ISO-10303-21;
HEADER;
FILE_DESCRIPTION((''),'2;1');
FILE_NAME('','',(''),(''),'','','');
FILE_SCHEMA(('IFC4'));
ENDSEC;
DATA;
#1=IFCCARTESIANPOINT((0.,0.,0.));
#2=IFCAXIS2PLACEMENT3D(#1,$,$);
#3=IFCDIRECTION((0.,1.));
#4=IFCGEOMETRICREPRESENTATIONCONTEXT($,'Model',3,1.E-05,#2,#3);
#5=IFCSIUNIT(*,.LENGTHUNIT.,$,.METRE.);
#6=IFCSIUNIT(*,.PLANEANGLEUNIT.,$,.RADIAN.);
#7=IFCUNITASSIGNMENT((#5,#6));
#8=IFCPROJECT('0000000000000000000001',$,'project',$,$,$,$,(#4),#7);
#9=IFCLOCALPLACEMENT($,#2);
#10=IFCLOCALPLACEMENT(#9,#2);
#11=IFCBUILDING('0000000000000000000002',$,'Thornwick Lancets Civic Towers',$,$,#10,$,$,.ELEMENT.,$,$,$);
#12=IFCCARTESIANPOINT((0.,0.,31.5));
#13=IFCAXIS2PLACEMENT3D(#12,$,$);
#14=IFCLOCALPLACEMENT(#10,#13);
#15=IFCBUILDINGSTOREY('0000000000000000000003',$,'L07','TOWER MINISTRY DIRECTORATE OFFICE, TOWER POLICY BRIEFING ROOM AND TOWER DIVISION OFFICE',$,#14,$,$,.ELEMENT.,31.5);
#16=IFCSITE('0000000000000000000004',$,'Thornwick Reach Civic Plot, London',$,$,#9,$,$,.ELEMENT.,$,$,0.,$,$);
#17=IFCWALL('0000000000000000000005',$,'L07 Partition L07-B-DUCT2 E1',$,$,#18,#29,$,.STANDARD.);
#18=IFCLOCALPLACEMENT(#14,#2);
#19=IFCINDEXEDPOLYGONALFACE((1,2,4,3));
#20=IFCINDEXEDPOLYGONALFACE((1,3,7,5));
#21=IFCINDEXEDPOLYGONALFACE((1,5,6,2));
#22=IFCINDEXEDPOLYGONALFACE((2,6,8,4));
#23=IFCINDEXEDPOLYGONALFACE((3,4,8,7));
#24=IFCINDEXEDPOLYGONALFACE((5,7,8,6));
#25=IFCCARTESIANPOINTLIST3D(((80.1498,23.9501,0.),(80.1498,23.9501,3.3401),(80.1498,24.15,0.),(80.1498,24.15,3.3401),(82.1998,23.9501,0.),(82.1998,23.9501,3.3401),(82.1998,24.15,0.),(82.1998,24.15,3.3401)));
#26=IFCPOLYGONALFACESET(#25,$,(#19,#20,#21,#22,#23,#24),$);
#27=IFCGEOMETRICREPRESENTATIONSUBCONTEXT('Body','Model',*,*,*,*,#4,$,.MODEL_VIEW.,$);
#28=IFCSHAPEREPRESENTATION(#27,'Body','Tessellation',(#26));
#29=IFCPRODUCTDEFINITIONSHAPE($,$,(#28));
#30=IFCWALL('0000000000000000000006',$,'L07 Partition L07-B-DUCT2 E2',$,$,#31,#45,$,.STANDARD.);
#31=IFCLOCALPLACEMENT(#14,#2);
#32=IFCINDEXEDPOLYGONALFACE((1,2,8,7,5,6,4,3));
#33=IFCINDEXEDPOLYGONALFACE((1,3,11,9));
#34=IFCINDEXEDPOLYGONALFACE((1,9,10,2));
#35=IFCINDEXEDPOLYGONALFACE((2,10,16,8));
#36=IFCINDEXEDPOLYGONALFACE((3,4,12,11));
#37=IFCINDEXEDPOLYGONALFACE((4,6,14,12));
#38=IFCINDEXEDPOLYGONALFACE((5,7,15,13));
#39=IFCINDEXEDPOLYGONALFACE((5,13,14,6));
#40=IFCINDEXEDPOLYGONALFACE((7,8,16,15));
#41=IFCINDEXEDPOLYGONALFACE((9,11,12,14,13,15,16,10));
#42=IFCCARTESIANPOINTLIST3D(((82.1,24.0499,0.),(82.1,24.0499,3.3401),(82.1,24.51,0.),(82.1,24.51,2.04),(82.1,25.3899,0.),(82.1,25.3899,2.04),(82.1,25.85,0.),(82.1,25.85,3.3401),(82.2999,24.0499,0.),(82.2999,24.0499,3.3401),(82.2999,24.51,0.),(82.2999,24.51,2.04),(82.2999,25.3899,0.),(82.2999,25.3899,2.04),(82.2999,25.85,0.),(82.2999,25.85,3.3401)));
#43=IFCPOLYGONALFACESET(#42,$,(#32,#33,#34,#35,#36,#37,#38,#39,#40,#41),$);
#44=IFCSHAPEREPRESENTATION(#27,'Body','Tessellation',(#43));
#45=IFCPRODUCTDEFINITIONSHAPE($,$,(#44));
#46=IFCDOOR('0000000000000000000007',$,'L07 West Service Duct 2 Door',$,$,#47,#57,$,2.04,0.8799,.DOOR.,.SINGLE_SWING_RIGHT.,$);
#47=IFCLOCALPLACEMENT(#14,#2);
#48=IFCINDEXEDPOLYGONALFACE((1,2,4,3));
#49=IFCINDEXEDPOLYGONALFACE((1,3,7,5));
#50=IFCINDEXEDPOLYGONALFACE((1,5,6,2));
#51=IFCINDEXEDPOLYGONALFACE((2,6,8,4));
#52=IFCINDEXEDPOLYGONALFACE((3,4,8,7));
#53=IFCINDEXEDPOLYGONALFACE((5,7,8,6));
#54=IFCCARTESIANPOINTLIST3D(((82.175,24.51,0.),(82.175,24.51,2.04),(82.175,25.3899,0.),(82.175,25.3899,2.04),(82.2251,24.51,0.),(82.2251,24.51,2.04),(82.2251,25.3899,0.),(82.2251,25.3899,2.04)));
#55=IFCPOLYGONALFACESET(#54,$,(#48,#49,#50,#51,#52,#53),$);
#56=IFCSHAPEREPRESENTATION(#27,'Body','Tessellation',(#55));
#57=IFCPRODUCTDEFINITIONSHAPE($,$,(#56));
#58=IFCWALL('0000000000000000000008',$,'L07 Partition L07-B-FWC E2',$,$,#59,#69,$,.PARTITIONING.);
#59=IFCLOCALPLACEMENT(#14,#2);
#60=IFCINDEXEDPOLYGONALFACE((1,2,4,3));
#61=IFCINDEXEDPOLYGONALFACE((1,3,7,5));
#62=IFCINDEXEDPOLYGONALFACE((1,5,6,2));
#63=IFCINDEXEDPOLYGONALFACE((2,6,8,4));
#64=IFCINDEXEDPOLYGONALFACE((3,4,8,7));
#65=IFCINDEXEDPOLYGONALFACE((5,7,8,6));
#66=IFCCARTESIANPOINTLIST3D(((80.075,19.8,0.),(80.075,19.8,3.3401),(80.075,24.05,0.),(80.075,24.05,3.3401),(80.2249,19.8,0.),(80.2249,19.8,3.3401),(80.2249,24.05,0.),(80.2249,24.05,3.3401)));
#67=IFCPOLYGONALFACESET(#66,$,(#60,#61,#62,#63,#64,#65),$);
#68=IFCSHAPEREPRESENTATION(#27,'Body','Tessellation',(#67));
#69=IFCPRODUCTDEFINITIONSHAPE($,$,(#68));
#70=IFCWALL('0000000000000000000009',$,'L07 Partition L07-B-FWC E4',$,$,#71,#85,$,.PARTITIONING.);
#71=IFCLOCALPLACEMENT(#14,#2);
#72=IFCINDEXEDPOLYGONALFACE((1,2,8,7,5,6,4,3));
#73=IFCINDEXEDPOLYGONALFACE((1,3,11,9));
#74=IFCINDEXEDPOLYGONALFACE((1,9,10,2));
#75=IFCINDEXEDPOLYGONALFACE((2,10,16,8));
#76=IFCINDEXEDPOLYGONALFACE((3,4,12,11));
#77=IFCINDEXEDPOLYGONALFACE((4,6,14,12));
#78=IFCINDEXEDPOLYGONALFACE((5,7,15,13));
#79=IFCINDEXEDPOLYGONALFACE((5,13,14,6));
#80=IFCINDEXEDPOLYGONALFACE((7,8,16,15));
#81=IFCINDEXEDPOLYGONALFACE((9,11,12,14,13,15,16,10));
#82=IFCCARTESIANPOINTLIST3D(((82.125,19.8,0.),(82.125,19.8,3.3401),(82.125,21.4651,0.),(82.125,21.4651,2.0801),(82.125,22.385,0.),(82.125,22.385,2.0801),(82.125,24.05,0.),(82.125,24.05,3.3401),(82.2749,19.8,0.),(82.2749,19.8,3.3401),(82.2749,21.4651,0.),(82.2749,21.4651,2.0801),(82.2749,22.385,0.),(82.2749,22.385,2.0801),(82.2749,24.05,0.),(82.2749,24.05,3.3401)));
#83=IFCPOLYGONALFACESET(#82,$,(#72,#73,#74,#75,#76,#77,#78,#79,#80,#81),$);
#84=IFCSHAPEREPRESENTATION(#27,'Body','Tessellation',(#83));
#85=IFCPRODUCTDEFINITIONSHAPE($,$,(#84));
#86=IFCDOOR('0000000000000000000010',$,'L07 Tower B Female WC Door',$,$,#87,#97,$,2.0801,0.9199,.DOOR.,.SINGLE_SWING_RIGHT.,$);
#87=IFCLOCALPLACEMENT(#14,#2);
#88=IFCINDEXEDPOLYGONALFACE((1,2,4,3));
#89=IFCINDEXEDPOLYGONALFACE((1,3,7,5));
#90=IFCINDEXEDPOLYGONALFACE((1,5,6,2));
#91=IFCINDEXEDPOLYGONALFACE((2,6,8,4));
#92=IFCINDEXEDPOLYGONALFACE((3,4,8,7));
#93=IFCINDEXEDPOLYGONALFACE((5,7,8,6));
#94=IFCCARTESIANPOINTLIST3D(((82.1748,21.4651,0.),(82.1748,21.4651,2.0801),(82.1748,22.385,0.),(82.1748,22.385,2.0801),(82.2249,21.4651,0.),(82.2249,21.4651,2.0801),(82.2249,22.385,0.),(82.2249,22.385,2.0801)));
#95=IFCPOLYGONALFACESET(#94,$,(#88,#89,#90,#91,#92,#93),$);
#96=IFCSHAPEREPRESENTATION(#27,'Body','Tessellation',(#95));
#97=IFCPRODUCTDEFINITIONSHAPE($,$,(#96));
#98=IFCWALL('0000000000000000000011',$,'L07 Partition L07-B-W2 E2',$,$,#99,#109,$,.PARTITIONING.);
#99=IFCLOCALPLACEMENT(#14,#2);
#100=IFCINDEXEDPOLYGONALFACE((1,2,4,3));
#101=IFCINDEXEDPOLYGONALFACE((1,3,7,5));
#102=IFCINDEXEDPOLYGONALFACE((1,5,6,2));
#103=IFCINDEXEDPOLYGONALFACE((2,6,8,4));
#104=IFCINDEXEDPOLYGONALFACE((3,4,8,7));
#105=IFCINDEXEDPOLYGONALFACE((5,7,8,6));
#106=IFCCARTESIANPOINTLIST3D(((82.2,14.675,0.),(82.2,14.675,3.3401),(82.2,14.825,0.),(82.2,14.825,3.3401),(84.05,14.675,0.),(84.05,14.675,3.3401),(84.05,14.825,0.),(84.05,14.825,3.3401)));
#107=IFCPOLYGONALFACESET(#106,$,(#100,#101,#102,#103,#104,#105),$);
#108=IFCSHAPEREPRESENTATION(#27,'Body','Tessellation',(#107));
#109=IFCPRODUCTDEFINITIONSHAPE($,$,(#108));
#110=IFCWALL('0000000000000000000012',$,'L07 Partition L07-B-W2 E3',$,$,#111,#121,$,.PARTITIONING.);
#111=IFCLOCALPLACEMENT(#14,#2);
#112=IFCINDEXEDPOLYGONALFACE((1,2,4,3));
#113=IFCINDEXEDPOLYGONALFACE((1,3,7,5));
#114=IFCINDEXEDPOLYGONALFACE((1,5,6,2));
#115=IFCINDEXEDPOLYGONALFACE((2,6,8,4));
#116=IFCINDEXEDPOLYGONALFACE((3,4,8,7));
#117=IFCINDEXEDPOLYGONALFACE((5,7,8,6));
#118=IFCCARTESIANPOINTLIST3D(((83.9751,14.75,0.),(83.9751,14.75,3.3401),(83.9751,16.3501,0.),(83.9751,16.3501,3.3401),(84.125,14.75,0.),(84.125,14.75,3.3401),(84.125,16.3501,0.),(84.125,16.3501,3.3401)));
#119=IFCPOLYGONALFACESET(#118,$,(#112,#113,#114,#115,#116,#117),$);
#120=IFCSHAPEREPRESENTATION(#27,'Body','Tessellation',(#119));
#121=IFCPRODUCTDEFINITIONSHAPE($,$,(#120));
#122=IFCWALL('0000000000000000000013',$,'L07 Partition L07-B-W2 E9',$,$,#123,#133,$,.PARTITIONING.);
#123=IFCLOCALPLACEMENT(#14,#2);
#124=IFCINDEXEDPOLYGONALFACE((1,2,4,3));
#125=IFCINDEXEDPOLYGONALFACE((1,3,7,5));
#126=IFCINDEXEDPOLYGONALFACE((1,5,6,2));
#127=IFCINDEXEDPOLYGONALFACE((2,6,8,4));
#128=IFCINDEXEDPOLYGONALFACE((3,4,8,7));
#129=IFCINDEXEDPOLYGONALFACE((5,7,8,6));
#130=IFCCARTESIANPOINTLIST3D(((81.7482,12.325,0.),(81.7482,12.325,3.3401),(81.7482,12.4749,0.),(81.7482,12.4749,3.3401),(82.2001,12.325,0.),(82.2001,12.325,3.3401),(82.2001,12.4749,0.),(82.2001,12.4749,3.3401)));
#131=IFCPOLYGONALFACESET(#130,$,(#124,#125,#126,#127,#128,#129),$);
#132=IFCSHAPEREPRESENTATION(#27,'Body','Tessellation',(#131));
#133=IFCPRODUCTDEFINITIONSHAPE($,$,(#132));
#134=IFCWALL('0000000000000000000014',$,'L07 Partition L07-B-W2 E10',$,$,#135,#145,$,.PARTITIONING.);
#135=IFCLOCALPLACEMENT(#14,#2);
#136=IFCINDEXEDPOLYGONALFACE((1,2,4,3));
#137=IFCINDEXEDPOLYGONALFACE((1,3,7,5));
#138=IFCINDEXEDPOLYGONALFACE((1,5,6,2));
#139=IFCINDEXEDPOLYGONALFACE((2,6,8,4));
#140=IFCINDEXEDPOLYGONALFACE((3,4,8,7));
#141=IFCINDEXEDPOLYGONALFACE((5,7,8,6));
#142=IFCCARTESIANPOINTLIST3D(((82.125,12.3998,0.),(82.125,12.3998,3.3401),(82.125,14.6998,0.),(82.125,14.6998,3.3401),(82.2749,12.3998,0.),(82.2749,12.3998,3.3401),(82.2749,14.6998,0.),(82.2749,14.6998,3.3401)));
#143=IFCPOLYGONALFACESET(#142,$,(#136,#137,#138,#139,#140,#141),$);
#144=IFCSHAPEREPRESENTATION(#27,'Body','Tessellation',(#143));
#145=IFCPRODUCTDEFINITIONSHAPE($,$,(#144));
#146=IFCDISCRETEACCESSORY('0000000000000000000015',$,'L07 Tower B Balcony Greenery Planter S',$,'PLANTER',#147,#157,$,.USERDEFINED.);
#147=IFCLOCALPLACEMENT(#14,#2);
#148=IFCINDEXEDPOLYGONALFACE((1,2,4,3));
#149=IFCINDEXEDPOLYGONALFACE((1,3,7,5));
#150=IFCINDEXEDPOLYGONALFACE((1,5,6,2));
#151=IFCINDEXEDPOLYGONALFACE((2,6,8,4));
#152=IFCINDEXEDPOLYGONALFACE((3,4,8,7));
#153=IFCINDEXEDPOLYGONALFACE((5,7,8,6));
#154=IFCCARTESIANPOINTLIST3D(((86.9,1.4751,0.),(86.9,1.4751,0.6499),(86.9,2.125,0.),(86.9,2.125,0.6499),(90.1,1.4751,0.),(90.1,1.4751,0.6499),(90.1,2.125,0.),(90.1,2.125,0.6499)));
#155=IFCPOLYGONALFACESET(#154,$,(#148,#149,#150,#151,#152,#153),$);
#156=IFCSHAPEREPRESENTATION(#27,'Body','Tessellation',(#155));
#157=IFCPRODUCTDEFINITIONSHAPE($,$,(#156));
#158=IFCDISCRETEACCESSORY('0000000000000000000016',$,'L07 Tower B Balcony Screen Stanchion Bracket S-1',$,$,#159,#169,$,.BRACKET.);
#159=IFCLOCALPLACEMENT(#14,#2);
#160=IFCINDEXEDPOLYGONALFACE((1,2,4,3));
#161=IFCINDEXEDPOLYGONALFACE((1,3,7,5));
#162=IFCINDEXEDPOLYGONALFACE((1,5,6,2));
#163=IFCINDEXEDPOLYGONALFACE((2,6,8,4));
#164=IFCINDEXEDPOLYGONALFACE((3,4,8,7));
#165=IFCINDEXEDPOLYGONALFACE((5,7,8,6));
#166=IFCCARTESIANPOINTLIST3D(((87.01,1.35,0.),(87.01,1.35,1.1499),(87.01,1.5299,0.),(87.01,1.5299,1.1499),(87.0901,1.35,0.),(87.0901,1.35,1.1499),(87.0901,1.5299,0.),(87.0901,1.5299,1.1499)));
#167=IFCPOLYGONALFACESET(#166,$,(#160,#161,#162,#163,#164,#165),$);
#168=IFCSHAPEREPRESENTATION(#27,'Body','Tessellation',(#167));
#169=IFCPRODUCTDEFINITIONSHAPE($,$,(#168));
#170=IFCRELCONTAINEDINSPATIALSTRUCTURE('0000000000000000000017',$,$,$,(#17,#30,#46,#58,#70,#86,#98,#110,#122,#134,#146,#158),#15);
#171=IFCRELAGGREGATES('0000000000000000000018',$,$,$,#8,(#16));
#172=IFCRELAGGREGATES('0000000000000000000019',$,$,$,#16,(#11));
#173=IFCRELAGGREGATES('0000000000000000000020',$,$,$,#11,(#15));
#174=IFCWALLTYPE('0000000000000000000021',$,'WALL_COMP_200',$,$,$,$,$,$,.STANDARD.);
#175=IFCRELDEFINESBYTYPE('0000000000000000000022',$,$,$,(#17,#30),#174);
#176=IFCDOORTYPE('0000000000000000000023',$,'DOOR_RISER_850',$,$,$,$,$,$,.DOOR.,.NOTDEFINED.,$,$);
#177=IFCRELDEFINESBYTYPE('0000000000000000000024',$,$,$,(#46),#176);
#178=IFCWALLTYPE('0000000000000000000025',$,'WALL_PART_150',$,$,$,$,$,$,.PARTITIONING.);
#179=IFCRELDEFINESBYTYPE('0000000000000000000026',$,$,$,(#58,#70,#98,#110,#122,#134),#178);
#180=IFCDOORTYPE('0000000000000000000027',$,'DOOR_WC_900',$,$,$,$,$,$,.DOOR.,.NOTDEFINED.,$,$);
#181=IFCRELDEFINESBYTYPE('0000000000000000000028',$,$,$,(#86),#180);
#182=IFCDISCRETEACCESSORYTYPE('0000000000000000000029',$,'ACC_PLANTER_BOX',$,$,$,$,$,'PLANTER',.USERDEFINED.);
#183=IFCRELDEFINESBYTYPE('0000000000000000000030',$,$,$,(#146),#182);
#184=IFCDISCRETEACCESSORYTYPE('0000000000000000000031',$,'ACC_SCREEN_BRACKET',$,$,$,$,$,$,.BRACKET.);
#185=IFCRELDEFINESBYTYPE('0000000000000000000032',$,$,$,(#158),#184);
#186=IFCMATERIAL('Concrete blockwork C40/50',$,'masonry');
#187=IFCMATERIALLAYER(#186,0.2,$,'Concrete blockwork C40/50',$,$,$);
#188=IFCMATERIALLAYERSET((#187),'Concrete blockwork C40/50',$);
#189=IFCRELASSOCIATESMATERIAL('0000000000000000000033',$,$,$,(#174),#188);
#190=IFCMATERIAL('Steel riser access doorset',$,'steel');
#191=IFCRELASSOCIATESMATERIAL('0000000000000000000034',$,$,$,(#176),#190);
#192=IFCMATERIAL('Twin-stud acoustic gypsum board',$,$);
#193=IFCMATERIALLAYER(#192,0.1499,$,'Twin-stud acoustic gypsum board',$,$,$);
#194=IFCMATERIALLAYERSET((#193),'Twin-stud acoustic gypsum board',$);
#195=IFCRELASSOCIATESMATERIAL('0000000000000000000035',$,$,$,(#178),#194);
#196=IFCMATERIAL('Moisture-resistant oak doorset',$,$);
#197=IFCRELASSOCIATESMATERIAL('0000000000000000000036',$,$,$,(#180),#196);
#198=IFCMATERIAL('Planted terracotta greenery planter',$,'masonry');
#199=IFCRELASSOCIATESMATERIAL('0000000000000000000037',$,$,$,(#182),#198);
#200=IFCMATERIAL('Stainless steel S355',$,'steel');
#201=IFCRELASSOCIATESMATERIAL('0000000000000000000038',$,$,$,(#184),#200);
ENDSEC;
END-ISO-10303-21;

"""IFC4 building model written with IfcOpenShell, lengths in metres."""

from ifc_helpers import new_model, si_unit, direction, frame, frame_2d, origin, origin_2d, place, context, subcontext, project, spatial, rectangle, extrude, material, layer, layer_set, type_object, element, fill, save


model = new_model("IFC4")

# Units and contexts
model_context = context("Model", 3, precision=1e-05, world=origin(), true_north=direction((0.0, 1.0)))
body_context = subcontext(model_context, "Body", "Model", "MODEL_VIEW")
ifc_project = project(units=[si_unit("LENGTHUNIT", "METRE"), si_unit("PLANEANGLEUNIT", "RADIAN")], contexts=[model_context])

# Site, building, storey
site_placement = place(None, origin())
site = spatial("IfcSite", under=ifc_project, at=site_placement, Name="Thornwick Reach Civic Plot, London", CompositionType="ELEMENT", RefElevation=0.0)
building_placement = place(site_placement, origin())
building = spatial("IfcBuilding", under=site, at=building_placement, Name="Thornwick Lancets Civic Towers", CompositionType="ELEMENT")
storey_placement = place(building_placement, frame((0.0, 0.0, 31.5)))
storey = spatial("IfcBuildingStorey", under=building, at=storey_placement, Name="L07", Description="TOWER MINISTRY DIRECTORATE OFFICE, TOWER POLICY BRIEFING ROOM AND TOWER DIVISION OFFICE", CompositionType="ELEMENT", Elevation=31.5)

# Wall
ifc_material_1 = material(Name="Concrete blockwork C40/50", Category="masonry")
ifc_layer_1 = layer(ifc_material_1, 0.2, Name="Concrete blockwork C40/50")
ifc_layer_set_1 = layer_set([ifc_layer_1], Name="Concrete blockwork C40/50")
wall_type_1 = type_object("IfcWallType", Name="WALL_COMP_200", PredefinedType="STANDARD", material=ifc_layer_set_1)
wall_1_placement = place(storey_placement, frame((80.1499, 24.05, 0.0), z_axis=(0.0, 0.0, 1.0), x_axis=(1.0, 0.0, 0.0)))
element("IfcWall", 1, at=wall_1_placement, inside=storey, type_object=wall_type_1, Name="L07 Partition L07-B-DUCT2 E1", PredefinedType="STANDARD", context=body_context, shape_type="SweptSolid", body=[
    extrude(rectangle(XDim=2.05, YDim=0.2, at=frame_2d((1.0249, 0.0))), origin(), (0.0, 0.0, 1.0), 3.3401),
])

# Wall, opening, door
wall_2_placement = place(storey_placement, frame((82.2, 24.05, 0.0), z_axis=(0.0, 0.0, 1.0), x_axis=(0.0, 1.0, 0.0)))
wall_2 = element("IfcWall", 2, at=wall_2_placement, inside=storey, type_object=wall_type_1, Name="L07 Partition L07-B-DUCT2 E2", PredefinedType="STANDARD", context=body_context, shape_type="SweptSolid", body=[
    extrude(rectangle(XDim=1.8, YDim=0.2, at=frame_2d((0.8999, 0.0))), origin(), (0.0, 0.0, 1.0), 3.3401),
])
opening_1_placement = place(wall_2_placement, frame((0.46, 0.0, 0.0)))
opening_1 = element("IfcOpeningElement", 3, at=opening_1_placement, cuts=wall_2, PredefinedType="OPENING", context=body_context, shape_type="SweptSolid", body=[
    extrude(rectangle(XDim=0.8799, YDim=2.04, at=frame_2d((0.4399, 1.02))), frame((0.0, 0.1099, 0.0), z_axis=(0.0, -1.0, 0.0), x_axis=(1.0, 0.0, 0.0)), (0.0, 0.0, 1.0), 0.22),
])
ifc_material_2 = material(Name="Steel riser access doorset", Category="steel")
door_type_1 = type_object("IfcDoorType", Name="DOOR_RISER_850", OperationType="NOTDEFINED", PredefinedType="DOOR", material=ifc_material_2)
door_1_placement = place(opening_1_placement, origin())
door_1 = element("IfcDoor", 4, at=door_1_placement, inside=storey, type_object=door_type_1, Name="L07 West Service Duct 2 Door", OperationType="SINGLE_SWING_RIGHT", OverallHeight=2.04, OverallWidth=0.8799, PredefinedType="DOOR", context=body_context, shape_type="SweptSolid", body=[
    extrude(rectangle(XDim=0.8799, YDim=2.04, at=frame_2d((0.4399, 1.02))), frame((0.0, 0.0249, 0.0), z_axis=(0.0, -1.0, 0.0), x_axis=(1.0, 0.0, 0.0)), (0.0, 0.0, 1.0), 0.05),
])
fill(opening_1, door_1)

# Wall
ifc_material_3 = material(Name="Twin-stud acoustic gypsum board")
ifc_layer_2 = layer(ifc_material_3, 0.1499, Name="Twin-stud acoustic gypsum board")
ifc_layer_set_2 = layer_set([ifc_layer_2], Name="Twin-stud acoustic gypsum board")
wall_type_2 = type_object("IfcWallType", Name="WALL_PART_150", PredefinedType="PARTITIONING", material=ifc_layer_set_2)
wall_3_placement = place(storey_placement, frame((80.1499, 19.8, 0.0), z_axis=(0.0, 0.0, 1.0), x_axis=(0.0, 1.0, 0.0)))
element("IfcWall", 5, at=wall_3_placement, inside=storey, type_object=wall_type_2, Name="L07 Partition L07-B-FWC E2", PredefinedType="PARTITIONING", context=body_context, shape_type="SweptSolid", body=[
    extrude(rectangle(XDim=4.25, YDim=0.1499, at=frame_2d((2.125, 0.0))), origin(), (0.0, 0.0, 1.0), 3.3401),
])

# Wall, opening, door
wall_4_placement = place(storey_placement, frame((82.2, 24.05, 0.0), z_axis=(0.0, 0.0, 1.0), x_axis=(0.0, -1.0, 0.0)))
wall_4 = element("IfcWall", 6, at=wall_4_placement, inside=storey, type_object=wall_type_2, Name="L07 Partition L07-B-FWC E4", PredefinedType="PARTITIONING", context=body_context, shape_type="SweptSolid", body=[
    extrude(rectangle(XDim=4.25, YDim=0.1499, at=frame_2d((2.125, 0.0))), origin(), (0.0, 0.0, 1.0), 3.3401),
])
opening_2_placement = place(wall_4_placement, frame((1.665, 0.0, 0.0)))
opening_2 = element("IfcOpeningElement", 7, at=opening_2_placement, cuts=wall_4, PredefinedType="OPENING", context=body_context, shape_type="SweptSolid", body=[
    extrude(rectangle(XDim=0.9199, YDim=2.0801, at=frame_2d((0.46, 1.04))), frame((0.0, 0.085, 0.0), z_axis=(0.0, -1.0, 0.0), x_axis=(1.0, 0.0, 0.0)), (0.0, 0.0, 1.0), 0.1699),
])
ifc_material_4 = material(Name="Moisture-resistant oak doorset")
door_type_2 = type_object("IfcDoorType", Name="DOOR_WC_900", OperationType="NOTDEFINED", PredefinedType="DOOR", material=ifc_material_4)
door_2_placement = place(opening_2_placement, origin())
door_2 = element("IfcDoor", 8, at=door_2_placement, inside=storey, type_object=door_type_2, Name="L07 Tower B Female WC Door", OperationType="SINGLE_SWING_RIGHT", OverallHeight=2.0801, OverallWidth=0.9199, PredefinedType="DOOR", context=body_context, shape_type="SweptSolid", body=[
    extrude(rectangle(XDim=0.9199, YDim=2.0801, at=frame_2d((0.46, 1.04))), frame((0.0, 0.0249, 0.0), z_axis=(0.0, -1.0, 0.0), x_axis=(1.0, 0.0, 0.0)), (0.0, 0.0, 1.0), 0.05),
])
fill(opening_2, door_2)

# Walls
wall_5_placement = place(storey_placement, frame((82.2, 14.75, 0.0), z_axis=(0.0, 0.0, 1.0), x_axis=(1.0, 0.0, 0.0)))
element("IfcWall", 9, at=wall_5_placement, inside=storey, type_object=wall_type_2, Name="L07 Partition L07-B-W2 E2", PredefinedType="PARTITIONING", context=body_context, shape_type="SweptSolid", body=[
    extrude(rectangle(XDim=1.8501, YDim=0.1499, at=frame_2d((0.925, 0.0))), origin(), (0.0, 0.0, 1.0), 3.3401),
])
wall_6_placement = place(storey_placement, frame((84.05, 14.75, 0.0), z_axis=(0.0, 0.0, 1.0), x_axis=(0.0, 1.0, 0.0)))
element("IfcWall", 10, at=wall_6_placement, inside=storey, type_object=wall_type_2, Name="L07 Partition L07-B-W2 E3", PredefinedType="PARTITIONING", context=body_context, shape_type="SweptSolid", body=[
    extrude(rectangle(XDim=1.6001, YDim=0.1499, at=frame_2d((0.8, 0.0))), origin(), (0.0, 0.0, 1.0), 3.3401),
])

# Walls
wall_7_placement = place(storey_placement, frame((81.748, 12.3999, 0.0), z_axis=(0.0, 0.0, 1.0), x_axis=(1.0, 0.0, 0.0)))
element("IfcWall", 11, at=wall_7_placement, inside=storey, type_object=wall_type_2, Name="L07 Partition L07-B-W2 E9", PredefinedType="PARTITIONING", context=body_context, shape_type="SweptSolid", body=[
    extrude(rectangle(XDim=0.4519, YDim=0.1499, at=frame_2d((0.2261, 0.0))), origin(), (0.0, 0.0, 1.0), 3.3401),
])
wall_8_placement = place(storey_placement, frame((82.2, 12.3999, 0.0), z_axis=(0.0, 0.0, 1.0), x_axis=(0.0, 1.0, 0.0)))
element("IfcWall", 12, at=wall_8_placement, inside=storey, type_object=wall_type_2, Name="L07 Partition L07-B-W2 E10", PredefinedType="PARTITIONING", context=body_context, shape_type="SweptSolid", body=[
    extrude(rectangle(XDim=2.3, YDim=0.1499, at=frame_2d((1.1499, 0.0))), origin(), (0.0, 0.0, 1.0), 3.3401),
])

# Discrete accessories
ifc_material_5 = material(Name="Planted terracotta greenery planter", Category="masonry")
discrete_accessory_type_1 = type_object("IfcDiscreteAccessoryType", Name="ACC_PLANTER_BOX", ElementType="PLANTER", PredefinedType="USERDEFINED", material=ifc_material_5)
discrete_accessory_1_placement = place(storey_placement, frame((88.5, 1.8, 0.0), z_axis=(0.0, 0.0, 1.0), x_axis=(1.0, 0.0, 0.0)))
element("IfcDiscreteAccessory", 13, at=discrete_accessory_1_placement, inside=storey, type_object=discrete_accessory_type_1, Name="L07 Tower B Balcony Greenery Planter S", ObjectType="PLANTER", PredefinedType="USERDEFINED", context=body_context, shape_type="SweptSolid", body=[
    extrude(rectangle(XDim=3.2, YDim=0.6499, at=origin_2d()), origin(), (0.0, 0.0, 1.0), 0.6499),
])
ifc_material_6 = material(Name="Stainless steel S355", Category="steel")
discrete_accessory_type_2 = type_object("IfcDiscreteAccessoryType", Name="ACC_SCREEN_BRACKET", PredefinedType="BRACKET", material=ifc_material_6)
discrete_accessory_2_placement = place(storey_placement, frame((87.05, 1.4399, 0.0), z_axis=(0.0, 0.0, 1.0), x_axis=(1.0, 0.0, 0.0)))
element("IfcDiscreteAccessory", 14, at=discrete_accessory_2_placement, inside=storey, type_object=discrete_accessory_type_2, Name="L07 Tower B Balcony Screen Stanchion Bracket S-1", PredefinedType="BRACKET", context=body_context, shape_type="SweptSolid", body=[
    extrude(rectangle(XDim=0.0801, YDim=0.1799, at=origin_2d()), origin(), (0.0, 0.0, 1.0), 1.1499),
])

save(model, "model.ifc")
